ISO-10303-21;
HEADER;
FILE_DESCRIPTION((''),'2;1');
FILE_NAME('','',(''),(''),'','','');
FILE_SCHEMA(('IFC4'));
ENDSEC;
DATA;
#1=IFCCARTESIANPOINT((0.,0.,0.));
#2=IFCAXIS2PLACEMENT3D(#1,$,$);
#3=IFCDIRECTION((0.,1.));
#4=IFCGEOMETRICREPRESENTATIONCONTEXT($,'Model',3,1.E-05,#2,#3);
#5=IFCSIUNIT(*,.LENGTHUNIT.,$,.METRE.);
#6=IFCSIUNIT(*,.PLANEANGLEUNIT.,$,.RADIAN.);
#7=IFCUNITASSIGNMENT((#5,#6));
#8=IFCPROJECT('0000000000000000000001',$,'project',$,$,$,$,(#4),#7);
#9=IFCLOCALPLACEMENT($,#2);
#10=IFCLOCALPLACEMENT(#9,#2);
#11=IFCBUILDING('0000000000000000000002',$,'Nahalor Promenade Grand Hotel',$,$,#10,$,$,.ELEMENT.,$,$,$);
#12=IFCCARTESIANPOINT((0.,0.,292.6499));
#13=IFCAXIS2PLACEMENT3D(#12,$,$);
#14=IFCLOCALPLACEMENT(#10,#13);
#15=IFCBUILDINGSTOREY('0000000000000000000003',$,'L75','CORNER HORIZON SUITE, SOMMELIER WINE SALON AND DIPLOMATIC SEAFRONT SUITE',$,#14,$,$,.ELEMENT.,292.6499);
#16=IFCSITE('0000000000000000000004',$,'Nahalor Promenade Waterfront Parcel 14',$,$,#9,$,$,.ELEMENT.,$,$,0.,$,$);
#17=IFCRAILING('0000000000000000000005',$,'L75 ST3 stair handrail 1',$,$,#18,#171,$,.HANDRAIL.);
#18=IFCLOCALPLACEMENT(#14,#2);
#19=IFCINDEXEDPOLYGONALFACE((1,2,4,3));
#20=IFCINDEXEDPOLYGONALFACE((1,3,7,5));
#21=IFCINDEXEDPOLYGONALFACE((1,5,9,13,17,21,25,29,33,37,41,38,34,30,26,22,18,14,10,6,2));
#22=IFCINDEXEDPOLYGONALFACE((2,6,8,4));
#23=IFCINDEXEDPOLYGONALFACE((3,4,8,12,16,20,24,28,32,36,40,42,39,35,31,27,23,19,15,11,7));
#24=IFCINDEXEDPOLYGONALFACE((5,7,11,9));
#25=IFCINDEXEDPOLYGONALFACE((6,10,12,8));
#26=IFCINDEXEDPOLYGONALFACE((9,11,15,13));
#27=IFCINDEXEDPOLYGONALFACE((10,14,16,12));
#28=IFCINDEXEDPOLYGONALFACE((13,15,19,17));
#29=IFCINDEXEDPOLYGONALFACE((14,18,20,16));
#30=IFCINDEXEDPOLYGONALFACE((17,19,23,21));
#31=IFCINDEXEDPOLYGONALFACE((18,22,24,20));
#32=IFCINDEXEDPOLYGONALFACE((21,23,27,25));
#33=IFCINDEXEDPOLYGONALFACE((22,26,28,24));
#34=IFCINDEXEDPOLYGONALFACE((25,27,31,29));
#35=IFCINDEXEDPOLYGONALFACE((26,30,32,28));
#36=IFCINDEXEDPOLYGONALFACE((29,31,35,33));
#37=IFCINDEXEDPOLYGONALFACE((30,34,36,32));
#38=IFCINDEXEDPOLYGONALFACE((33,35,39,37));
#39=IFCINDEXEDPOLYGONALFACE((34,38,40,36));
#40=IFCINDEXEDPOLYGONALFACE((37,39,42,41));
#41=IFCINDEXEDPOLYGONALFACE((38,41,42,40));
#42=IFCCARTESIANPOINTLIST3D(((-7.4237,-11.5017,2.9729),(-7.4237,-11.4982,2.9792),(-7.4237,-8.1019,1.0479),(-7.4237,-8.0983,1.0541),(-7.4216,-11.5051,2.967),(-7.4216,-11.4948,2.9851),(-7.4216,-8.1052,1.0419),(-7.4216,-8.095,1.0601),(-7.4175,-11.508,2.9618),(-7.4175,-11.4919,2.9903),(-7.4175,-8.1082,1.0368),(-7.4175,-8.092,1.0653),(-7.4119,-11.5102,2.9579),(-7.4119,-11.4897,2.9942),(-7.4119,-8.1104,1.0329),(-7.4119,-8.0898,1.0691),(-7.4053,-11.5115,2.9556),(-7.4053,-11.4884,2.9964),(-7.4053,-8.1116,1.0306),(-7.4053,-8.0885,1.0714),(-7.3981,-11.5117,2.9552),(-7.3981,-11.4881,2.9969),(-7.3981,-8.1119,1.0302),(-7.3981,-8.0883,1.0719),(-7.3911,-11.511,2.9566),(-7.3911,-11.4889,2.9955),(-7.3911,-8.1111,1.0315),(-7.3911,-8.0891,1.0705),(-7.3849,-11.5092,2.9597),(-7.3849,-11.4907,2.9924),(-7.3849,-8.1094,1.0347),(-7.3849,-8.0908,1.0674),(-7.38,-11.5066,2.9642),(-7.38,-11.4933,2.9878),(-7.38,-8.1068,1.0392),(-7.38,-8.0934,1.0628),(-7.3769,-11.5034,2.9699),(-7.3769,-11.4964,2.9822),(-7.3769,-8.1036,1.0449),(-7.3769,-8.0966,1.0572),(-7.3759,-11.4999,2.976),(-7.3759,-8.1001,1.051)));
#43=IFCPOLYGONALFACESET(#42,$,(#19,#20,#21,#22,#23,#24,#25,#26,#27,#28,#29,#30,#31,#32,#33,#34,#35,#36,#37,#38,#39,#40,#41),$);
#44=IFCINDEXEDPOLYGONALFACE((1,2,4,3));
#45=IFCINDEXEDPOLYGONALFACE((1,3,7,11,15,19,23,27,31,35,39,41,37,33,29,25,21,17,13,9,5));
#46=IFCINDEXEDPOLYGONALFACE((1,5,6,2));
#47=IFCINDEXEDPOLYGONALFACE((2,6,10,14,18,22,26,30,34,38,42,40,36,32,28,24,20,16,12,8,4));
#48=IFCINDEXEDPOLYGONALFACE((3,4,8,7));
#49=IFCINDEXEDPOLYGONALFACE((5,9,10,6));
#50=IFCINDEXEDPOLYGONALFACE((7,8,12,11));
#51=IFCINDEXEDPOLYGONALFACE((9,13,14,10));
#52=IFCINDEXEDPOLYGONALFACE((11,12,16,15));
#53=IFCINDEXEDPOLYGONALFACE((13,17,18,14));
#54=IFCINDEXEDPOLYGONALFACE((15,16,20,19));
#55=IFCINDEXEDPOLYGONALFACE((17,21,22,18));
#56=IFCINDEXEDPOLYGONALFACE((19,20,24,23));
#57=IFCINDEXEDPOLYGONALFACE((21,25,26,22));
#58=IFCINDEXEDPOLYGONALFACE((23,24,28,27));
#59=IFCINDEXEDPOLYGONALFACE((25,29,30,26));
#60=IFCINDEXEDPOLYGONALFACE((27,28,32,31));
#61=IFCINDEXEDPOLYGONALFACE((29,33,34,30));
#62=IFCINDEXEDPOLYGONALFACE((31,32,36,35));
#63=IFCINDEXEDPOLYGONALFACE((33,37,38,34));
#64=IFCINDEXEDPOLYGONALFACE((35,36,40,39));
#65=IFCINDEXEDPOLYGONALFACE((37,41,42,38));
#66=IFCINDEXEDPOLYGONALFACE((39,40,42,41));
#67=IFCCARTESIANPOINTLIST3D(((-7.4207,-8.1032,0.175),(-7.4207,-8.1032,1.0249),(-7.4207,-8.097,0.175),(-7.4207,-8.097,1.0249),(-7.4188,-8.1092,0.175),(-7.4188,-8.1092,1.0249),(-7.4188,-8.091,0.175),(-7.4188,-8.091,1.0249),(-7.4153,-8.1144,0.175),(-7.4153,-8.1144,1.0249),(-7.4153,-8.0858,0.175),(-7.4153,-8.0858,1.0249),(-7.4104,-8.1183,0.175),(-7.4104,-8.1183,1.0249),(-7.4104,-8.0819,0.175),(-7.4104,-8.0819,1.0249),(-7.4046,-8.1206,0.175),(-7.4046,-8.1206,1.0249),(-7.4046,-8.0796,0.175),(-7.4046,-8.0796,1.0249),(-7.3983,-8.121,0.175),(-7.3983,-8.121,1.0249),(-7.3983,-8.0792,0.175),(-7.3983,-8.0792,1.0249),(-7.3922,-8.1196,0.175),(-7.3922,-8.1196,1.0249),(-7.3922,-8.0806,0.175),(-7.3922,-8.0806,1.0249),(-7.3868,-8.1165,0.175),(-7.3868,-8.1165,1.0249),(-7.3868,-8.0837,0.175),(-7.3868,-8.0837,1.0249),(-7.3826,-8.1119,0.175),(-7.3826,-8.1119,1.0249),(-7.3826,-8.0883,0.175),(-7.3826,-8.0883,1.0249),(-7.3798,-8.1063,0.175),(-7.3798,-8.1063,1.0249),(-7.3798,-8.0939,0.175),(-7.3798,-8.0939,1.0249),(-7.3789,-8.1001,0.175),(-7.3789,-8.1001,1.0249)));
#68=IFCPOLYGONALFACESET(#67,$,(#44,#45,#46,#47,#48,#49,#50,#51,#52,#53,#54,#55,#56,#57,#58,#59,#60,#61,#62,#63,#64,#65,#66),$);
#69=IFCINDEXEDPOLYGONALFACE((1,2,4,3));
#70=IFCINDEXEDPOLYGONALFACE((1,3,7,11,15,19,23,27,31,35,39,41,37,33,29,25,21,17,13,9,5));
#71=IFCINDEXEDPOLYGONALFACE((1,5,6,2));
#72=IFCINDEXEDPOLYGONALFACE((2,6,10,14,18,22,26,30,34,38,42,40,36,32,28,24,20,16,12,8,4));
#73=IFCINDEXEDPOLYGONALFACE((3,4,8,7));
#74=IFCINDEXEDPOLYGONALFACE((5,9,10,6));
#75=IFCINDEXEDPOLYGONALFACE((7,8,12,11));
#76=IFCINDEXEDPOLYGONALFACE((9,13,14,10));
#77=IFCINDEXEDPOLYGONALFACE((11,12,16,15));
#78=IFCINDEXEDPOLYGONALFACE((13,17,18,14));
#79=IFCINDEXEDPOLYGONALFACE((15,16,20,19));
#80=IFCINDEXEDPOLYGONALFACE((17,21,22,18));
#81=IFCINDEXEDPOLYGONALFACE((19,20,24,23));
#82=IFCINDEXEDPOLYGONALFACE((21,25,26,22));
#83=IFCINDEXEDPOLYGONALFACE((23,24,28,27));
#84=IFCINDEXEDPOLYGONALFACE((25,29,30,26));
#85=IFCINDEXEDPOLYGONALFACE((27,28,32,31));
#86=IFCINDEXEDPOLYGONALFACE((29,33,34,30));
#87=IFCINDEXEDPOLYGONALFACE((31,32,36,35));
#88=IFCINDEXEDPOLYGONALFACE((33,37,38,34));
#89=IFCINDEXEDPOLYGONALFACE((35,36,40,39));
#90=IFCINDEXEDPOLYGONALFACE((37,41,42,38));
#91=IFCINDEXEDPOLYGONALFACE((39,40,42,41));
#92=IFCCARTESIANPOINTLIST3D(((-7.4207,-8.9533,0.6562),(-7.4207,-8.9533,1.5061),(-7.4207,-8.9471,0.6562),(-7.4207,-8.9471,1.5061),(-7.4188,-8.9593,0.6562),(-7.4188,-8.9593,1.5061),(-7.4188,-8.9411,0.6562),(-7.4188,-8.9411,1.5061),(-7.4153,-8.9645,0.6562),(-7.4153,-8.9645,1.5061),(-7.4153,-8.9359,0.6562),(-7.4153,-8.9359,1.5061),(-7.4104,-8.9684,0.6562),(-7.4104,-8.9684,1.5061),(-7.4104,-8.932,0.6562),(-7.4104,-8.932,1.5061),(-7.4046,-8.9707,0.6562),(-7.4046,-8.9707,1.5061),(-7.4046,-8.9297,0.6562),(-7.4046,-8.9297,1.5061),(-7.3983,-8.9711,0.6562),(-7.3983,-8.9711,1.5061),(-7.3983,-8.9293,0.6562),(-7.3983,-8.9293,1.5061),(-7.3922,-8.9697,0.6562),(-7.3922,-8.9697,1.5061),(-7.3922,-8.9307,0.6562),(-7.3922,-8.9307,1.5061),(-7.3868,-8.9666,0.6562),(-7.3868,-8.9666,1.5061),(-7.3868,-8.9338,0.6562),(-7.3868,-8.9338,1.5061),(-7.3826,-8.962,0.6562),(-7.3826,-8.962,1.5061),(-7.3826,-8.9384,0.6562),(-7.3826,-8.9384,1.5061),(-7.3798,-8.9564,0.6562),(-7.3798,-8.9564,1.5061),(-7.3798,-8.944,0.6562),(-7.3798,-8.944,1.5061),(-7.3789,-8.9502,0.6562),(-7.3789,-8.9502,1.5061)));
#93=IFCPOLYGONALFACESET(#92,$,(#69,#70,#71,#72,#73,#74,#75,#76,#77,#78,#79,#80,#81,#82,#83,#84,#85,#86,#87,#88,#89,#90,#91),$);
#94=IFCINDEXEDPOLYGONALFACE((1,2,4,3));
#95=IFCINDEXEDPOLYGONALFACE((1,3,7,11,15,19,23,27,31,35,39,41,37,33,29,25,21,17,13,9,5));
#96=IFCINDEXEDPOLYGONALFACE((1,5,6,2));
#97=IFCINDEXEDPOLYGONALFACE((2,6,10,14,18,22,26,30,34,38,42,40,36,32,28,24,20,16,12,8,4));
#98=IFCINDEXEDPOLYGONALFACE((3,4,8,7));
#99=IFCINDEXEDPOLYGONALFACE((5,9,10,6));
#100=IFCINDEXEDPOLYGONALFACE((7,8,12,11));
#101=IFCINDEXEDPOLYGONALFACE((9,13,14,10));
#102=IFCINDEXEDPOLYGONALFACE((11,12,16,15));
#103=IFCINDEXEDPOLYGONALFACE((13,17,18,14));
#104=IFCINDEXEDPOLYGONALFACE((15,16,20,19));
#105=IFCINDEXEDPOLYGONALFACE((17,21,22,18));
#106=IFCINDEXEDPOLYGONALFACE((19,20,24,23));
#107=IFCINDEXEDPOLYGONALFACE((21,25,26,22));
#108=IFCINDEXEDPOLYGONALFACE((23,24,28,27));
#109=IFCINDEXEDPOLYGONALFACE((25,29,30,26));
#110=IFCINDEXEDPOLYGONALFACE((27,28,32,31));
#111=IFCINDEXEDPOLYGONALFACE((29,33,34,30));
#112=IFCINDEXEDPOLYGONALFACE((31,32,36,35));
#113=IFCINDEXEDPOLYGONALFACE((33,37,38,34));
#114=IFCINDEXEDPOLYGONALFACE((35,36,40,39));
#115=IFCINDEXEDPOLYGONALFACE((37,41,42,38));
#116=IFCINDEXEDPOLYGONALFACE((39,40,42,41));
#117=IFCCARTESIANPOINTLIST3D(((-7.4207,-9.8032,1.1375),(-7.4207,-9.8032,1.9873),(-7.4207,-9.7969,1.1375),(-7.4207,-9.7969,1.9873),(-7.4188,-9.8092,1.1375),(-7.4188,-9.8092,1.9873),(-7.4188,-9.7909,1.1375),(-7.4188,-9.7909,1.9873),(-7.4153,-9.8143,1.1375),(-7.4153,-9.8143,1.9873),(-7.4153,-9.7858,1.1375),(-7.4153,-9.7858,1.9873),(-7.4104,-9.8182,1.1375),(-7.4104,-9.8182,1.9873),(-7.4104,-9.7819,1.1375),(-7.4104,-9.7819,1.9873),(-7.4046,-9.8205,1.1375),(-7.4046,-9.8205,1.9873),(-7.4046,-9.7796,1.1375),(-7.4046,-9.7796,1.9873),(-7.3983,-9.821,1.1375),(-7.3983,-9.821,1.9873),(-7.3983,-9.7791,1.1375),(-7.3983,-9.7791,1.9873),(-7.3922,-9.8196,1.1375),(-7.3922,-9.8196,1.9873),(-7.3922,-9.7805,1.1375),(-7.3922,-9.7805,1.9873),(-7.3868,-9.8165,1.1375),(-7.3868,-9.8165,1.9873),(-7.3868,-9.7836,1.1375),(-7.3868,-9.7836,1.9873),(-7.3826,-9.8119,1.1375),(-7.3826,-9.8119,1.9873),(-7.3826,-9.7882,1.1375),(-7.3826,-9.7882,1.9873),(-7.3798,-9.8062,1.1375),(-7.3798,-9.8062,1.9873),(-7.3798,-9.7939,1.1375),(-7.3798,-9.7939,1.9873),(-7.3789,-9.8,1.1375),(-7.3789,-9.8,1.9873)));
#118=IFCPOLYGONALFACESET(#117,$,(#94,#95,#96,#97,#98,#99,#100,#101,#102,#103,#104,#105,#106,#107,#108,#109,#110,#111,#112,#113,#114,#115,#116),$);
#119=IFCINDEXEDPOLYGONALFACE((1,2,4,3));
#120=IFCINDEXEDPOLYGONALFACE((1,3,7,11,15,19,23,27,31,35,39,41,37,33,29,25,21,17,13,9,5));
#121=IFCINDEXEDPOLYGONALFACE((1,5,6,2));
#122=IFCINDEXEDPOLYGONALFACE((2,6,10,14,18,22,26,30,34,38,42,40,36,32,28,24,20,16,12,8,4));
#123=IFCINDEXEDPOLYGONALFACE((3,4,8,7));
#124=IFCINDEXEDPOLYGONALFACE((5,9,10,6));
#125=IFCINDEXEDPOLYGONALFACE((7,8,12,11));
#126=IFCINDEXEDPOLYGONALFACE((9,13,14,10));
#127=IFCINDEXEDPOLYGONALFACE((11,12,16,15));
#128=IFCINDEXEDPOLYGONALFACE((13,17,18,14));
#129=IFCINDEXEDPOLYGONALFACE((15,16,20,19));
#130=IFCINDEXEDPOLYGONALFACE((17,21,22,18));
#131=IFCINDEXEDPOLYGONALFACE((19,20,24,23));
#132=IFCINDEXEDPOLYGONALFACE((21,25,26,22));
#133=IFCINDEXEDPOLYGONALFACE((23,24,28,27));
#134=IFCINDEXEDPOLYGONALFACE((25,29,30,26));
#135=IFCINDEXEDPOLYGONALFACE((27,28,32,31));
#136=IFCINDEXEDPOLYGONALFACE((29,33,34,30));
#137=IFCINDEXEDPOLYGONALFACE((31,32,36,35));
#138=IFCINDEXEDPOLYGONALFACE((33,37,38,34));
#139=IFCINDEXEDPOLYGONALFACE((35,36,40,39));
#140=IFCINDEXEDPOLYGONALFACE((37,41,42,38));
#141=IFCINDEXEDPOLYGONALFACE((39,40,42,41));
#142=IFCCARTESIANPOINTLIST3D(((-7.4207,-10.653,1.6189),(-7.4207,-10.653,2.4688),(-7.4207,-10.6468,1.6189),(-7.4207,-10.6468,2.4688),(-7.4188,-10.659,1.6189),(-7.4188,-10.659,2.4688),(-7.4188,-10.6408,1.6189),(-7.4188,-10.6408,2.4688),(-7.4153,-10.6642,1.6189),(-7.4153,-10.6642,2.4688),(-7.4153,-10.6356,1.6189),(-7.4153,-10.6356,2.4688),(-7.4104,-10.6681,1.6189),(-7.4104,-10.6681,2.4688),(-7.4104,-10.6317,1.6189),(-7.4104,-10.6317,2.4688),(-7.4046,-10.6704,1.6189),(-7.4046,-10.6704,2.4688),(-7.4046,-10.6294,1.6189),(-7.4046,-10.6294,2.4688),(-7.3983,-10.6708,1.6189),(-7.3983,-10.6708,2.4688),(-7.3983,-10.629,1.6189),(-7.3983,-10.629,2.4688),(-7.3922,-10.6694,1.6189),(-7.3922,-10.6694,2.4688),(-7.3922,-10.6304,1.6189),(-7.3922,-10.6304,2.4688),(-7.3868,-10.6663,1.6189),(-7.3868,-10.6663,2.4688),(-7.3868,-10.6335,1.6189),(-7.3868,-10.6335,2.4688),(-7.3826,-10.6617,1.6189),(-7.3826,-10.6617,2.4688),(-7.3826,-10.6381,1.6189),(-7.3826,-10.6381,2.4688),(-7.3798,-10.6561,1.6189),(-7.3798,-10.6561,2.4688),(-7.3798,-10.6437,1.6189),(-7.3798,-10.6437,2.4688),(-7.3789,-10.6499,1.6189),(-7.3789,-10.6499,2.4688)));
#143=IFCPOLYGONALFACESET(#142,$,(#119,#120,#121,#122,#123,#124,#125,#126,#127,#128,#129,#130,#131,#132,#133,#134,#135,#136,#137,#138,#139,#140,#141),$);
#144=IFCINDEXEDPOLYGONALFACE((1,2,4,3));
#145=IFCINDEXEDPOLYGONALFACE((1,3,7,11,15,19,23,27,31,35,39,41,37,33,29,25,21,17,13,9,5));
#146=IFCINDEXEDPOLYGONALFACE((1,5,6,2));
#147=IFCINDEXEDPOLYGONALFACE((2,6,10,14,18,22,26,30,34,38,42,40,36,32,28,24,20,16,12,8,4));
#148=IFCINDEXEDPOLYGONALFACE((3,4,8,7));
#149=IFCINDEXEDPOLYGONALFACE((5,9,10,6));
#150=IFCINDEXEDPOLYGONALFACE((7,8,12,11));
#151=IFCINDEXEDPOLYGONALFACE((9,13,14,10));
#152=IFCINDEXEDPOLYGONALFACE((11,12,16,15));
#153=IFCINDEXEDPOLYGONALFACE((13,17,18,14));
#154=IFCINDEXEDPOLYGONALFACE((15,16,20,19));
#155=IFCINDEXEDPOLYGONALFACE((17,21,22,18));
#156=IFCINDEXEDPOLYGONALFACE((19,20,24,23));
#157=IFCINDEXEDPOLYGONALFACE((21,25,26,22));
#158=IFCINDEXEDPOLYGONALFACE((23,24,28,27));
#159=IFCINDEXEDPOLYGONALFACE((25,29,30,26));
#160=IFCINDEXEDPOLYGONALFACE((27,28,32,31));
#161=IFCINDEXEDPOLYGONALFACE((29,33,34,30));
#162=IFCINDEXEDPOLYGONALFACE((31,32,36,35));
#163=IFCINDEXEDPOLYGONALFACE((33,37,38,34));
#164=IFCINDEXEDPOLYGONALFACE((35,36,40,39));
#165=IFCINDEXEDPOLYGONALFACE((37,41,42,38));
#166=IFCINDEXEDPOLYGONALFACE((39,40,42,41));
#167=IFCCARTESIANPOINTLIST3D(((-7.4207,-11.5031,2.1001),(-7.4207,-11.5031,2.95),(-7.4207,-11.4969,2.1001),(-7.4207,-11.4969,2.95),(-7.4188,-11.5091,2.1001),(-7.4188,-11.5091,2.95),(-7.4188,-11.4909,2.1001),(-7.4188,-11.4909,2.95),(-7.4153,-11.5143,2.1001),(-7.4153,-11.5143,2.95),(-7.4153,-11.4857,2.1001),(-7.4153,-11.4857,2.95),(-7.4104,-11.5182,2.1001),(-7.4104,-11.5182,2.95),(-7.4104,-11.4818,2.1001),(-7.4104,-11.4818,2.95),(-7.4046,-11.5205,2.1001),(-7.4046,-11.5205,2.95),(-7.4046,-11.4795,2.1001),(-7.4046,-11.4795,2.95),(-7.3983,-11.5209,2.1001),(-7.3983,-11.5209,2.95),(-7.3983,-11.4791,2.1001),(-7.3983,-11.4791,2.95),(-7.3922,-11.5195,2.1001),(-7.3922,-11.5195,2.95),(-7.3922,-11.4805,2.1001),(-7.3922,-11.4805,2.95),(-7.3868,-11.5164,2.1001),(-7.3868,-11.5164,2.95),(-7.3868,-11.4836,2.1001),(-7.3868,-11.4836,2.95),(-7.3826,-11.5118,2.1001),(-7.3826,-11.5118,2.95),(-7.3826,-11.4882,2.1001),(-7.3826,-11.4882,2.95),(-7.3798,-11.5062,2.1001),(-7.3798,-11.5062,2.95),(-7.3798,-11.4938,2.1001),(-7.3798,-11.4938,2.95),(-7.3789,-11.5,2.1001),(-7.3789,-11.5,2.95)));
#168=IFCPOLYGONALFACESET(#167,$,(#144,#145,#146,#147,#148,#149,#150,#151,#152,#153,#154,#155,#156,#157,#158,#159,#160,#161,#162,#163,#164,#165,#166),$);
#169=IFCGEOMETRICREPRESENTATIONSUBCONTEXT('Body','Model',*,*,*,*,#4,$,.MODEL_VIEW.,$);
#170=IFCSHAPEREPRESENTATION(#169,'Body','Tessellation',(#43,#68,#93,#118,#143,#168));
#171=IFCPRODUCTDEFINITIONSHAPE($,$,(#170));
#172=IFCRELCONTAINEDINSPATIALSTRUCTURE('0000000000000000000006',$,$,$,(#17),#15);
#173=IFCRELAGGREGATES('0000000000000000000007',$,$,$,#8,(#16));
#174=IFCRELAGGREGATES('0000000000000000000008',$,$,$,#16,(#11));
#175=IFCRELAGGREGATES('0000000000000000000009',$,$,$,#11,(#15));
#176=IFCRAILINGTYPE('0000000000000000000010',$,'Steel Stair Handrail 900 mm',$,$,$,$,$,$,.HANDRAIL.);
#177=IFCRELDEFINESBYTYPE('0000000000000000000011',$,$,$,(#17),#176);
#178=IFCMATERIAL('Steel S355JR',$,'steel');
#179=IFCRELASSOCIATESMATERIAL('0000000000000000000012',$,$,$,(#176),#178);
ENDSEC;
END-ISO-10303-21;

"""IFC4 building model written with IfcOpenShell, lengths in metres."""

from ifc_helpers import new_model, si_unit, direction, frame, origin, origin_2d, place, context, subcontext, project, spatial, circle, extrude, material, type_object, element, save


model = new_model("IFC4")

# Units and contexts
model_context = context("Model", 3, precision=1e-05, world=origin(), true_north=direction((0.0, 1.0)))
body_context = subcontext(model_context, "Body", "Model", "MODEL_VIEW")
ifc_project = project(units=[si_unit("LENGTHUNIT", "METRE"), si_unit("PLANEANGLEUNIT", "RADIAN")], contexts=[model_context])

# Site, building, storey
site_placement = place(None, origin())
site = spatial("IfcSite", under=ifc_project, at=site_placement, Name="Nahalor Promenade Waterfront Parcel 14", CompositionType="ELEMENT", RefElevation=0.0)
building_placement = place(site_placement, origin())
building = spatial("IfcBuilding", under=site, at=building_placement, Name="Nahalor Promenade Grand Hotel", CompositionType="ELEMENT")
storey_placement = place(building_placement, frame((0.0, 0.0, 292.6499)))
storey = spatial("IfcBuildingStorey", under=building, at=storey_placement, Name="L75", Description="CORNER HORIZON SUITE, SOMMELIER WINE SALON AND DIPLOMATIC SEAFRONT SUITE", CompositionType="ELEMENT", Elevation=292.6499)

# Shared definitions
ifc_material_1 = material(Name="Steel S355JR", Category="steel")

# Railing
railing_type_1 = type_object("IfcRailingType", Name="Steel Stair Handrail 900 mm", PredefinedType="HANDRAIL", material=ifc_material_1)
railing_1_placement = place(storey_placement, frame((-7.3999, -8.1001, 0.175)))
element("IfcRailing", 1, at=railing_1_placement, inside=storey, type_object=railing_type_1, Name="L75 ST3 stair handrail 1", PredefinedType="HANDRAIL", context=body_context, shape_type="SweptSolid", body=[
    extrude(circle(Radius=0.024, at=origin_2d()), frame((0.0, 0.0, 0.876), z_axis=(0.0, -0.870194, 0.49271), x_axis=(1.0, 0.0, 0.0)), (0.0, 0.0, 1.0), 3.907),
    extrude(circle(Radius=0.021, at=origin_2d()), origin(), (0.0, 0.0, 1.0), 0.8499),
    extrude(circle(Radius=0.021, at=origin_2d()), frame((0.0, -0.8501, 0.4812)), (0.0, 0.0, 1.0), 0.8499),
    extrude(circle(Radius=0.021, at=origin_2d()), frame((0.0, -1.7, 0.9624)), (0.0, 0.0, 1.0), 0.8499),
    extrude(circle(Radius=0.021, at=origin_2d()), frame((0.0, -2.5498, 1.4438)), (0.0, 0.0, 1.0), 0.8499),
    extrude(circle(Radius=0.021, at=origin_2d()), frame((0.0, -3.3999, 1.925)), (0.0, 0.0, 1.0), 0.8499),
])

save(model, "model.ifc")
